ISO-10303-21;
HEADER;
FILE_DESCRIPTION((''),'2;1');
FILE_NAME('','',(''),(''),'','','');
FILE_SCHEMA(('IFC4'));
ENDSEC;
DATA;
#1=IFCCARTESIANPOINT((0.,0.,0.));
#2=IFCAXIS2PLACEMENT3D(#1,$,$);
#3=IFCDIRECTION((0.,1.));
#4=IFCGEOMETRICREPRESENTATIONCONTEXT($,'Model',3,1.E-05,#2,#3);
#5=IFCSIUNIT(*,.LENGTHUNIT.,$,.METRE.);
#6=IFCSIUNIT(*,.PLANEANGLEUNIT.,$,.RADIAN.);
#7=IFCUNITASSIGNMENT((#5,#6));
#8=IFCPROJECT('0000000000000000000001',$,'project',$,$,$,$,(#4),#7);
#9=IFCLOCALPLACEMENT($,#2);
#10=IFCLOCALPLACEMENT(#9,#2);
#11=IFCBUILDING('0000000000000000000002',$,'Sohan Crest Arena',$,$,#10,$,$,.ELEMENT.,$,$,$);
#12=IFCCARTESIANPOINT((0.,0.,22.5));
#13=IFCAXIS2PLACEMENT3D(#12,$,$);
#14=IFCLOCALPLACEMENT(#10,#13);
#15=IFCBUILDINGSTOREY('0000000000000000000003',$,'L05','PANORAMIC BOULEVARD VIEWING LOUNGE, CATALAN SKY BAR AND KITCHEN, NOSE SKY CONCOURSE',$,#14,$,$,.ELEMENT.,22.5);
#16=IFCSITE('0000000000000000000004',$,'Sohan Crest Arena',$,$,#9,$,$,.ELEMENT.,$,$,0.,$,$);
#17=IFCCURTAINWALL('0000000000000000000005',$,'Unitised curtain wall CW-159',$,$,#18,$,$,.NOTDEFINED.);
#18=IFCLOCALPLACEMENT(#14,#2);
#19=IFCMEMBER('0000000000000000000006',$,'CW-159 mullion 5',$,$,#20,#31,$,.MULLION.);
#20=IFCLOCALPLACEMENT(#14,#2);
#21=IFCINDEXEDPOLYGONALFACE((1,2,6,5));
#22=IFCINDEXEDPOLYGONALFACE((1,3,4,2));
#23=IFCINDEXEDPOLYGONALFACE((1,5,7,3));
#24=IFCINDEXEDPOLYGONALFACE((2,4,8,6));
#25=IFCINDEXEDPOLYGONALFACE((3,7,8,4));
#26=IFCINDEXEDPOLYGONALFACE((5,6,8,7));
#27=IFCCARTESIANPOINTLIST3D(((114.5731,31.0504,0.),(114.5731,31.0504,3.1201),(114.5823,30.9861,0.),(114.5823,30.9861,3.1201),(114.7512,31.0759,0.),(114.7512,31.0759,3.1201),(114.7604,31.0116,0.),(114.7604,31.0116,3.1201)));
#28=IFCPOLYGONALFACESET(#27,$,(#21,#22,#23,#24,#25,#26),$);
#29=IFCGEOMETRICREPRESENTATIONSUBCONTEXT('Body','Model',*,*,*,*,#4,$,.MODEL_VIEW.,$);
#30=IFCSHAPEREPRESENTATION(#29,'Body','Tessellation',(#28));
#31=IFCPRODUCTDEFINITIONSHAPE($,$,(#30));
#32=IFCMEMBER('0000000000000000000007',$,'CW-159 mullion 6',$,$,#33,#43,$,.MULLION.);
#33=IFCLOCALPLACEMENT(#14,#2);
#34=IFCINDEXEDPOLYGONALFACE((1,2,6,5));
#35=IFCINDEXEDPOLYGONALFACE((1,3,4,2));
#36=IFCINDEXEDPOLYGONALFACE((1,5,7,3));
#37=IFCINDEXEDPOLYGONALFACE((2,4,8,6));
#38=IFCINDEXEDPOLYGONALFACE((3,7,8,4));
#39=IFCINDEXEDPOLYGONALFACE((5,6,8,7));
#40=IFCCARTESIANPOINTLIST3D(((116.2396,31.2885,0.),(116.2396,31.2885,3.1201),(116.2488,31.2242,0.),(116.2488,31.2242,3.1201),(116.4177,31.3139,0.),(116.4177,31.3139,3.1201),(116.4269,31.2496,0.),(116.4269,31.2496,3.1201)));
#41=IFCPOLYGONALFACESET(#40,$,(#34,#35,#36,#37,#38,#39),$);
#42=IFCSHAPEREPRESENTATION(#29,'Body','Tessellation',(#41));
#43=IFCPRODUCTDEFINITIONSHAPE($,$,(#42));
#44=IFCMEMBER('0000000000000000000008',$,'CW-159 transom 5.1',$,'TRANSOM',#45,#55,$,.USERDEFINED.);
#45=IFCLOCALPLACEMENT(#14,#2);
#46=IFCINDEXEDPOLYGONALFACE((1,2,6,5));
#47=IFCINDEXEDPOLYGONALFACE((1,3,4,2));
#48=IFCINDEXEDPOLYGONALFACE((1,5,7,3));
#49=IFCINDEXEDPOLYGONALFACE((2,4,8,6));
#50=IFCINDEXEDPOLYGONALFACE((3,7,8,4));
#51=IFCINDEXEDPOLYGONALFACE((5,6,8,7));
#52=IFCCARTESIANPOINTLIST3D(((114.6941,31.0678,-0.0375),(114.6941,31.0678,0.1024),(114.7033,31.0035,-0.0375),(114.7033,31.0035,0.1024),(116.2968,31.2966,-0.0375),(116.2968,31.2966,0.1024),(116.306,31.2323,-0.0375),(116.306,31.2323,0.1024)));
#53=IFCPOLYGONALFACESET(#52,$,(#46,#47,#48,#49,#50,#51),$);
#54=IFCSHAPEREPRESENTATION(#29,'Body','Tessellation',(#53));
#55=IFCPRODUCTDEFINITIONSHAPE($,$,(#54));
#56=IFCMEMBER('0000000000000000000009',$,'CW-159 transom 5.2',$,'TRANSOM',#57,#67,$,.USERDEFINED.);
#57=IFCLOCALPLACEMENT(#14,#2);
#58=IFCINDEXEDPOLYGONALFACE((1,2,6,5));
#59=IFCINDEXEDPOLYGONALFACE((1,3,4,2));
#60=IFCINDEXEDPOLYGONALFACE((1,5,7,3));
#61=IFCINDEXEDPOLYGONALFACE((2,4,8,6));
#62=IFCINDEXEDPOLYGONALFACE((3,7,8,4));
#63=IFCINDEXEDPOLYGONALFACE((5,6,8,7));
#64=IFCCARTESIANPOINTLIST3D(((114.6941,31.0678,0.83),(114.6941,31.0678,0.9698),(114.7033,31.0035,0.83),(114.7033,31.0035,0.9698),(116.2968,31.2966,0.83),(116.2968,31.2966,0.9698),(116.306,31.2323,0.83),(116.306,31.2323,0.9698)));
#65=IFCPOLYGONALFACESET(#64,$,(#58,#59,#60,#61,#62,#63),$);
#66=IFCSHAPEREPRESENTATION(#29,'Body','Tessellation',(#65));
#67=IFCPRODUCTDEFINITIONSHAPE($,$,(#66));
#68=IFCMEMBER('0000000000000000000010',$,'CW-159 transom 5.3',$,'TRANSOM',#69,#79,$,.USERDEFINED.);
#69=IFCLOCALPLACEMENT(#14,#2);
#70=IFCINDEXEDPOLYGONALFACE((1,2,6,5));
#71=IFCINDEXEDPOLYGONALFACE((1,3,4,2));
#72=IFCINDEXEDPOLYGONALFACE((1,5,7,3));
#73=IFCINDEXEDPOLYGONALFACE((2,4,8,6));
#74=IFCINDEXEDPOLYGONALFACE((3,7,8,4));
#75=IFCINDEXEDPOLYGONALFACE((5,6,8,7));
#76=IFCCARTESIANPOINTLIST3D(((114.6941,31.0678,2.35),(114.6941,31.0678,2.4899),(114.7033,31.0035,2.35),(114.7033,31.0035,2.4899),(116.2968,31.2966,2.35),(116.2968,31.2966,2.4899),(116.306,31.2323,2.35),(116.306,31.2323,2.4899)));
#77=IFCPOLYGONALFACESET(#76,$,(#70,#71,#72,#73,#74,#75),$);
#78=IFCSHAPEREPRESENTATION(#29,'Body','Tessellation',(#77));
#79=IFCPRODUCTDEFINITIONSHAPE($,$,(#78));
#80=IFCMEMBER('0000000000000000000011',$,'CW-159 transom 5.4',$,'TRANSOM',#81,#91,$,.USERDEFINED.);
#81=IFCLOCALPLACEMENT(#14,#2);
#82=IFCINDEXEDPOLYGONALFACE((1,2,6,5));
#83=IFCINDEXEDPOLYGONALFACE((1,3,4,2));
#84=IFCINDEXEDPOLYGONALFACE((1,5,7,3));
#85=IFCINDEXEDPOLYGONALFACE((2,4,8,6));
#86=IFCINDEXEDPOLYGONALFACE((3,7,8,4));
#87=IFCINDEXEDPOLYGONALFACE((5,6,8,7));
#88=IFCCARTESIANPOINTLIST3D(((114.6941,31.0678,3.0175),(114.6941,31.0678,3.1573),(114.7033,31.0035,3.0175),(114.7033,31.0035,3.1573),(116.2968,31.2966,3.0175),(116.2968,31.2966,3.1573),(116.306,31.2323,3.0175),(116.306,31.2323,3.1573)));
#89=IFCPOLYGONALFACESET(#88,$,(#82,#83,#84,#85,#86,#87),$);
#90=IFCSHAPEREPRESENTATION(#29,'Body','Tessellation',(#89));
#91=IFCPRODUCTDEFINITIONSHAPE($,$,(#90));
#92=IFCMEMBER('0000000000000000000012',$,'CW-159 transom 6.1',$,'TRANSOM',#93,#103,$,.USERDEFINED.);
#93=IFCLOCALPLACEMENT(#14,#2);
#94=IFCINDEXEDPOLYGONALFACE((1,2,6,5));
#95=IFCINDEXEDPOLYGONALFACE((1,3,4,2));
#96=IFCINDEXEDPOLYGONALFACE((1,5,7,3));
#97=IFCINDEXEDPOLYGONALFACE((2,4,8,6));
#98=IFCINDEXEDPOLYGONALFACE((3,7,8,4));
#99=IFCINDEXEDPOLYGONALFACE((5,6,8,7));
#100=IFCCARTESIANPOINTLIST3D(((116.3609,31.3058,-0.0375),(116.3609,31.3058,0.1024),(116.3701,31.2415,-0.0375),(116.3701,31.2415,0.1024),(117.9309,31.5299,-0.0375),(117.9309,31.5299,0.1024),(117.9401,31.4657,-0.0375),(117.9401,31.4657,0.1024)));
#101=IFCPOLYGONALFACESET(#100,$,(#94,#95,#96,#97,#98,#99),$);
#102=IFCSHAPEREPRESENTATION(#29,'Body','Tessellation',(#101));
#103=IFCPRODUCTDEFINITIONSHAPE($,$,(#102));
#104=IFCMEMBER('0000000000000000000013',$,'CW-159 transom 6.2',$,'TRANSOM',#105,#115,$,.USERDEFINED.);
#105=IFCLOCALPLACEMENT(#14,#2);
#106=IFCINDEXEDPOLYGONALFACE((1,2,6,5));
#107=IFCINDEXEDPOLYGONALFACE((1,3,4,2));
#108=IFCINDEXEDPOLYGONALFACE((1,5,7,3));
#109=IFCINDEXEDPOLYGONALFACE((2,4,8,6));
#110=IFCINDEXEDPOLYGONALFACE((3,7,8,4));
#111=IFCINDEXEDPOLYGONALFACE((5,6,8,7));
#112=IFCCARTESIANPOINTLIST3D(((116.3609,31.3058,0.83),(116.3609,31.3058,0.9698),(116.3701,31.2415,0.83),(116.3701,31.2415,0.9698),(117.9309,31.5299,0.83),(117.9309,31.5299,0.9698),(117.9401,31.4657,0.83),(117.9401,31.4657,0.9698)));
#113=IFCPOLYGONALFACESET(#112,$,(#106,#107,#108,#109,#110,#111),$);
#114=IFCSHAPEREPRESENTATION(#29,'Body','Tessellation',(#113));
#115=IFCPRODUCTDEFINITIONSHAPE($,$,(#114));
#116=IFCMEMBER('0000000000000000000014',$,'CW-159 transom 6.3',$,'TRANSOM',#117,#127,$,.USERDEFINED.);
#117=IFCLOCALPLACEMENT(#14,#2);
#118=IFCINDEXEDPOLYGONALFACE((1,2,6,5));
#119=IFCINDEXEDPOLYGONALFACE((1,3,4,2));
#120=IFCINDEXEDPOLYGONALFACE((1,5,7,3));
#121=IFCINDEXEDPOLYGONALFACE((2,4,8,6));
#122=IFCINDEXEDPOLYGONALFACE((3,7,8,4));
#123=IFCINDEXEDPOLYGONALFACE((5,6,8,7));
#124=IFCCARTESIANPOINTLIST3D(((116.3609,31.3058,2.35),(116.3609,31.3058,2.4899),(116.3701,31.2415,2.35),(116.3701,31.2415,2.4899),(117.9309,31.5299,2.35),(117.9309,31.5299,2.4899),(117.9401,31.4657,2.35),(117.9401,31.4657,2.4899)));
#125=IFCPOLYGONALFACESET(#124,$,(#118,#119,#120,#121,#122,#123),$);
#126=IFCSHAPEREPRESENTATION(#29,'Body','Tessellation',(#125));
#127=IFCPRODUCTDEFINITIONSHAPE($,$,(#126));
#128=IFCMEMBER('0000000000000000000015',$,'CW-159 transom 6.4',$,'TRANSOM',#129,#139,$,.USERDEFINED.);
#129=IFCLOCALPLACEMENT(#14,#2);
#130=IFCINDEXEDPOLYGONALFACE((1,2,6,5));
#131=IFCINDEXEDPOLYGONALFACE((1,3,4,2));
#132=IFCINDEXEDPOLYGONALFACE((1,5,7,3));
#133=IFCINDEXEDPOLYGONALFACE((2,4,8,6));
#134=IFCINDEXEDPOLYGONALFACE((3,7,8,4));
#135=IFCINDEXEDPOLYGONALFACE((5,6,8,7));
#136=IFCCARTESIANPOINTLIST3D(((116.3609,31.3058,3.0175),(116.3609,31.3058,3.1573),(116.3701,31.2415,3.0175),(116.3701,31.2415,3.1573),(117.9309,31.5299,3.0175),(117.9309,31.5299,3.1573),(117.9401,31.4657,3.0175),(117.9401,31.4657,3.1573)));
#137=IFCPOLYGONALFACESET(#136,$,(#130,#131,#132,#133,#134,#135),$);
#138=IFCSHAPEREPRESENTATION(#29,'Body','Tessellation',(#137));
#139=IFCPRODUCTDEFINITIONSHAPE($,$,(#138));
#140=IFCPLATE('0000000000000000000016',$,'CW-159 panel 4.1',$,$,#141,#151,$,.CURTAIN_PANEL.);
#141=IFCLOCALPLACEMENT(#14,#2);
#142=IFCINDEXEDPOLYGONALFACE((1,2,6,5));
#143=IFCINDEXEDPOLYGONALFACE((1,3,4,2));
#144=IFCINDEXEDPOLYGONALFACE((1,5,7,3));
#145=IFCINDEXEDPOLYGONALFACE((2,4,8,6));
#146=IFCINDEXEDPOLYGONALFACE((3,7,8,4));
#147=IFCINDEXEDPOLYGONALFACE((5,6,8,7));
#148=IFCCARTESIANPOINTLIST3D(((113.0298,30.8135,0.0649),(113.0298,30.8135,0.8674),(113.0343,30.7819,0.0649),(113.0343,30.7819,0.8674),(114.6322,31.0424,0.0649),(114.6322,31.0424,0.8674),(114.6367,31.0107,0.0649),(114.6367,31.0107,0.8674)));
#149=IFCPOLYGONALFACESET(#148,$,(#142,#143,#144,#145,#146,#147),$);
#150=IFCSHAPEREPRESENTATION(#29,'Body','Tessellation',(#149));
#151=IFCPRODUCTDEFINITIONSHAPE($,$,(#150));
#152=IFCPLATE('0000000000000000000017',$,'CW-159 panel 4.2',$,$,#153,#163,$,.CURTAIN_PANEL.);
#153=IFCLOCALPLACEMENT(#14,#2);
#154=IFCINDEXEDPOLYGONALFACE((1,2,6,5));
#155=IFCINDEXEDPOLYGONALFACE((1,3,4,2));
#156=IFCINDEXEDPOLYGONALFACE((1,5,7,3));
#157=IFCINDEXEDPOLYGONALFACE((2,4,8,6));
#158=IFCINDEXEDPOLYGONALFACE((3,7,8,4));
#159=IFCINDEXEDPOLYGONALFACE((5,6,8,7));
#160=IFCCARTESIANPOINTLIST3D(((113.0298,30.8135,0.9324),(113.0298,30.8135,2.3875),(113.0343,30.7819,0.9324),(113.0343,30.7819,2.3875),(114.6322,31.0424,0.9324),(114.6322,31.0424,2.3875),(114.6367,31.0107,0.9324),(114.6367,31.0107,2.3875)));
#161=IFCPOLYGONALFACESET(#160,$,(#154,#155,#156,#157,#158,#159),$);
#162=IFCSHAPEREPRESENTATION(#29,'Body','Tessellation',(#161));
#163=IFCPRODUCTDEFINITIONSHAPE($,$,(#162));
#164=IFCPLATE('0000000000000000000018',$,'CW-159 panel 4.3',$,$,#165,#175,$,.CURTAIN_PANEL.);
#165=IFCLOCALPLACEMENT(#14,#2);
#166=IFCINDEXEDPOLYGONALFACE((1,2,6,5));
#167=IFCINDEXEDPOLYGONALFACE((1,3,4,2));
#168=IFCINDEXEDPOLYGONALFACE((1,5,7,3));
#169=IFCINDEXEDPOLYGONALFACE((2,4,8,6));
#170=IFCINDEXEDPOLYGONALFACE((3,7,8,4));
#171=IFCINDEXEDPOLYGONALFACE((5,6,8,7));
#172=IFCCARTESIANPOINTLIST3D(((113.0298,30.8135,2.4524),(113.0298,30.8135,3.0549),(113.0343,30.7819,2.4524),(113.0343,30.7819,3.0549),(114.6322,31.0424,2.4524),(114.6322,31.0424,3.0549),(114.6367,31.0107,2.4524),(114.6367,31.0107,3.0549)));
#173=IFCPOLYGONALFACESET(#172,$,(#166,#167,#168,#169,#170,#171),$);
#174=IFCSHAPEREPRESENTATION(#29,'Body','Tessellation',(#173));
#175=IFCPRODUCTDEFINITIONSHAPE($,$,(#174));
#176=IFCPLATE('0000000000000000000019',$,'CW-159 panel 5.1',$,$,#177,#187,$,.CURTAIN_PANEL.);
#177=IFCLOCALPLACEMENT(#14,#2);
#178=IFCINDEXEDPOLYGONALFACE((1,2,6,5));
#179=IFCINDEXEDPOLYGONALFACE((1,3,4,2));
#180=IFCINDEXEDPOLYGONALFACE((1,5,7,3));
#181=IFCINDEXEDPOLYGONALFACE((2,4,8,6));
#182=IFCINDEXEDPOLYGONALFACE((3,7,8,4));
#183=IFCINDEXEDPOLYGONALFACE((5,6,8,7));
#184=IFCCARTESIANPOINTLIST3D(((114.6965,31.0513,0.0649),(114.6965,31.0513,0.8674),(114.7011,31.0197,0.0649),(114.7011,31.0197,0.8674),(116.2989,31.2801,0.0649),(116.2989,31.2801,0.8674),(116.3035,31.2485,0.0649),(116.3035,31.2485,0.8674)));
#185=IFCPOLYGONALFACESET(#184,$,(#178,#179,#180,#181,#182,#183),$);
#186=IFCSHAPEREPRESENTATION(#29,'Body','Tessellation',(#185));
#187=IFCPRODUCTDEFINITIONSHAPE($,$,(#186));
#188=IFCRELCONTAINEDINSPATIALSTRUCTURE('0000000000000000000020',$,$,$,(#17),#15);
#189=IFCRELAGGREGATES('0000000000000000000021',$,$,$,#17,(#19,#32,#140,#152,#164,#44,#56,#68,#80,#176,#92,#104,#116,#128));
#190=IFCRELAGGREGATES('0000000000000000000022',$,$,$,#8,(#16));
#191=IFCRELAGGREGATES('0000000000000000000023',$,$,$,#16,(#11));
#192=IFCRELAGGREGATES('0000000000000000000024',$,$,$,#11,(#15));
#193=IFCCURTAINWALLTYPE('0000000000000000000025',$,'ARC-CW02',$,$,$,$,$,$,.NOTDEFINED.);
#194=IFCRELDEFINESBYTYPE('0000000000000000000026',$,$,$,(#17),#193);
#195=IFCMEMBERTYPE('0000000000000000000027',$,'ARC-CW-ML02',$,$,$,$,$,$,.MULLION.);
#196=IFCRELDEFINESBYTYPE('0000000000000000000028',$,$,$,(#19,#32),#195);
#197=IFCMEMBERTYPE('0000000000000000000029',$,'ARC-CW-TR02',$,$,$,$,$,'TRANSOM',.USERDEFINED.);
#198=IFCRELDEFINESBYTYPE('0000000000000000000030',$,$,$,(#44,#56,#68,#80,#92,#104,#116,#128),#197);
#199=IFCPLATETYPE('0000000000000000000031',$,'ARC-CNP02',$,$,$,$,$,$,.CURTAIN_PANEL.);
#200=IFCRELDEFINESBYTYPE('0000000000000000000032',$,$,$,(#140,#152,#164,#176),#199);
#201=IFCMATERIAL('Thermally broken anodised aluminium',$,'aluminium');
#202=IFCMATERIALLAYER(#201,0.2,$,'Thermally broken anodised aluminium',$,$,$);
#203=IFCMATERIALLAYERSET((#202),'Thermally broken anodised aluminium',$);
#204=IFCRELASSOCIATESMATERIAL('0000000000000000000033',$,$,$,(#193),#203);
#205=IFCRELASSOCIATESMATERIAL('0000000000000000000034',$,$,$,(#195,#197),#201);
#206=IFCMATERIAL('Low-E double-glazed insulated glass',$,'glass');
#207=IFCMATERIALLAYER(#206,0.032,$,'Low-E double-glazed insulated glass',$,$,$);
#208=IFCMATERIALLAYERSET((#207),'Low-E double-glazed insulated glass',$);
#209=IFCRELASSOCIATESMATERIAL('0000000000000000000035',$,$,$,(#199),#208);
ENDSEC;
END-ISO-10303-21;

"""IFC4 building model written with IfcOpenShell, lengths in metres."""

from ifc_helpers import new_model, si_unit, direction, frame, origin, origin_2d, place, context, subcontext, project, spatial, rectangle, extrude, material, layer, layer_set, material_profile, profile_set, type_object, element, aggregate, save


model = new_model("IFC4")

# Units and contexts
model_context = context("Model", 3, precision=1e-05, world=origin(), true_north=direction((0.0, 1.0)))
body_context = subcontext(model_context, "Body", "Model", "MODEL_VIEW")
ifc_project = project(units=[si_unit("LENGTHUNIT", "METRE"), si_unit("PLANEANGLEUNIT", "RADIAN")], contexts=[model_context])

# Site, building, storey
site_placement = place(None, origin())
site = spatial("IfcSite", under=ifc_project, at=site_placement, Name="Sohan Crest Arena", CompositionType="ELEMENT", RefElevation=0.0)
building_placement = place(site_placement, origin())
building = spatial("IfcBuilding", under=site, at=building_placement, Name="Sohan Crest Arena", CompositionType="ELEMENT")
storey_placement = place(building_placement, frame((0.0, 0.0, 22.5)))
storey = spatial("IfcBuildingStorey", under=building, at=storey_placement, Name="L05", Description="PANORAMIC BOULEVARD VIEWING LOUNGE, CATALAN SKY BAR AND KITCHEN, NOSE SKY CONCOURSE", CompositionType="ELEMENT", Elevation=22.5)

# Curtain wall, members, plates
ifc_material_1 = material(Name="Thermally broken anodised aluminium", Category="aluminium")
ifc_layer_1 = layer(ifc_material_1, 0.2, Name="Thermally broken anodised aluminium")
ifc_layer_set_1 = layer_set([ifc_layer_1], Name="Thermally broken anodised aluminium")
curtain_wall_type = type_object("IfcCurtainWallType", Name="ARC-CW02", PredefinedType="NOTDEFINED", material=ifc_layer_set_1)
curtain_wall_placement = place(storey_placement, origin())
curtain_wall = element("IfcCurtainWall", 1, at=curtain_wall_placement, inside=storey, type_object=curtain_wall_type, Name="Unitised curtain wall CW-159", PredefinedType="NOTDEFINED")
ifc_material_profile_1 = material_profile(ifc_material_1, rectangle(XDim=0.0649, YDim=0.1799, at=origin_2d()), Name="ALU-MULL 65x180")
ifc_profile_set_1 = profile_set([ifc_material_profile_1], Name="Thermally broken anodised aluminium")
member_type_1 = type_object("IfcMemberType", Name="ARC-CW-ML02", PredefinedType="MULLION", material=ifc_profile_set_1)
member_1_placement = place(storey_placement, frame((114.6667, 31.031, 0.0), z_axis=(0.0, 0.0, 1.0), x_axis=(-0.141366, 0.989957, 0.0)))
member_1 = element("IfcMember", 2, at=member_1_placement, type_object=member_type_1, Name="CW-159 mullion 5", PredefinedType="MULLION", context=body_context, shape_type="SweptSolid", body=[
    extrude(rectangle(XDim=0.0649, YDim=0.1799, at=origin_2d()), origin(), (0.0, 0.0, 1.0), 3.1201),
])
member_2_placement = place(storey_placement, frame((116.3333, 31.269, 0.0), z_axis=(0.0, 0.0, 1.0), x_axis=(-0.141366, 0.989957, 0.0)))
member_2 = element("IfcMember", 3, at=member_2_placement, type_object=member_type_1, Name="CW-159 mullion 6", PredefinedType="MULLION", context=body_context, shape_type="SweptSolid", body=[
    extrude(rectangle(XDim=0.0649, YDim=0.1799, at=origin_2d()), origin(), (0.0, 0.0, 1.0), 3.1201),
])
ifc_material_profile_2 = material_profile(ifc_material_1, rectangle(XDim=0.0649, YDim=0.1399, at=origin_2d()), Name="ALU-TRAN 65x140")
ifc_profile_set_2 = profile_set([ifc_material_profile_2], Name="Thermally broken anodised aluminium")
member_type_2 = type_object("IfcMemberType", Name="ARC-CW-TR02", ElementType="TRANSOM", PredefinedType="USERDEFINED", material=ifc_profile_set_2)
member_3_placement = place(storey_placement, frame((114.6987, 31.0356, 0.0325), z_axis=(0.989965, 0.141316, 0.0), x_axis=(-0.141316, 0.989965, 0.0)))
member_3 = element("IfcMember", 4, at=member_3_placement, type_object=member_type_2, Name="CW-159 transom 5.1", ObjectType="TRANSOM", PredefinedType="USERDEFINED", context=body_context, shape_type="SweptSolid", body=[
    extrude(rectangle(XDim=0.0649, YDim=0.1399, at=origin_2d()), origin(), (0.0, 0.0, 1.0), 1.6189),
])
member_4_placement = place(storey_placement, frame((114.6987, 31.0356, 0.8999), z_axis=(0.989965, 0.141316, 0.0), x_axis=(-0.141316, 0.989965, 0.0)))
member_4 = element("IfcMember", 5, at=member_4_placement, type_object=member_type_2, Name="CW-159 transom 5.2", ObjectType="TRANSOM", PredefinedType="USERDEFINED", context=body_context, shape_type="SweptSolid", body=[
    extrude(rectangle(XDim=0.0649, YDim=0.1399, at=origin_2d()), origin(), (0.0, 0.0, 1.0), 1.6189),
])
member_5_placement = place(storey_placement, frame((114.6987, 31.0356, 2.4199), z_axis=(0.989965, 0.141316, 0.0), x_axis=(-0.141316, 0.989965, 0.0)))
member_5 = element("IfcMember", 6, at=member_5_placement, type_object=member_type_2, Name="CW-159 transom 5.3", ObjectType="TRANSOM", PredefinedType="USERDEFINED", context=body_context, shape_type="SweptSolid", body=[
    extrude(rectangle(XDim=0.0649, YDim=0.1399, at=origin_2d()), origin(), (0.0, 0.0, 1.0), 1.6189),
])
member_6_placement = place(storey_placement, frame((114.6987, 31.0356, 3.0874), z_axis=(0.989965, 0.141316, 0.0), x_axis=(-0.141316, 0.989965, 0.0)))
member_6 = element("IfcMember", 7, at=member_6_placement, type_object=member_type_2, Name="CW-159 transom 5.4", ObjectType="TRANSOM", PredefinedType="USERDEFINED", context=body_context, shape_type="SweptSolid", body=[
    extrude(rectangle(XDim=0.0649, YDim=0.1399, at=origin_2d()), origin(), (0.0, 0.0, 1.0), 1.6189),
])
member_7_placement = place(storey_placement, frame((116.3655, 31.2737, 0.0325), z_axis=(0.989965, 0.141314, 0.0), x_axis=(-0.141314, 0.989965, 0.0)))
member_7 = element("IfcMember", 8, at=member_7_placement, type_object=member_type_2, Name="CW-159 transom 6.1", ObjectType="TRANSOM", PredefinedType="USERDEFINED", context=body_context, shape_type="SweptSolid", body=[
    extrude(rectangle(XDim=0.0649, YDim=0.1399, at=origin_2d()), origin(), (0.0, 0.0, 1.0), 1.5859),
])
member_8_placement = place(storey_placement, frame((116.3655, 31.2737, 0.8999), z_axis=(0.989965, 0.141314, 0.0), x_axis=(-0.141314, 0.989965, 0.0)))
member_8 = element("IfcMember", 9, at=member_8_placement, type_object=member_type_2, Name="CW-159 transom 6.2", ObjectType="TRANSOM", PredefinedType="USERDEFINED", context=body_context, shape_type="SweptSolid", body=[
    extrude(rectangle(XDim=0.0649, YDim=0.1399, at=origin_2d()), origin(), (0.0, 0.0, 1.0), 1.5859),
])
member_9_placement = place(storey_placement, frame((116.3655, 31.2737, 2.4199), z_axis=(0.989965, 0.141314, 0.0), x_axis=(-0.141314, 0.989965, 0.0)))
member_9 = element("IfcMember", 10, at=member_9_placement, type_object=member_type_2, Name="CW-159 transom 6.3", ObjectType="TRANSOM", PredefinedType="USERDEFINED", context=body_context, shape_type="SweptSolid", body=[
    extrude(rectangle(XDim=0.0649, YDim=0.1399, at=origin_2d()), origin(), (0.0, 0.0, 1.0), 1.5859),
])
member_10_placement = place(storey_placement, frame((116.3655, 31.2737, 3.0874), z_axis=(0.989965, 0.141314, 0.0), x_axis=(-0.141314, 0.989965, 0.0)))
member_10 = element("IfcMember", 11, at=member_10_placement, type_object=member_type_2, Name="CW-159 transom 6.4", ObjectType="TRANSOM", PredefinedType="USERDEFINED", context=body_context, shape_type="SweptSolid", body=[
    extrude(rectangle(XDim=0.0649, YDim=0.1399, at=origin_2d()), origin(), (0.0, 0.0, 1.0), 1.5859),
])
ifc_material_2 = material(Name="Low-E double-glazed insulated glass", Category="glass")
ifc_layer_2 = layer(ifc_material_2, 0.032, Name="Low-E double-glazed insulated glass")
ifc_layer_set_2 = layer_set([ifc_layer_2], Name="Low-E double-glazed insulated glass")
plate_type = type_object("IfcPlateType", Name="ARC-CNP02", PredefinedType="CURTAIN_PANEL", material=ifc_layer_set_2)
plate_1_placement = place(storey_placement, frame((113.8333, 30.9121, 0.0649), z_axis=(0.0, 0.0, 1.0), x_axis=(0.989957, 0.141366, 0.0)))
plate_1 = element("IfcPlate", 12, at=plate_1_placement, type_object=plate_type, Name="CW-159 panel 4.1", PredefinedType="CURTAIN_PANEL", context=body_context, shape_type="SweptSolid", body=[
    extrude(rectangle(XDim=1.6187, YDim=0.032, at=origin_2d()), origin(), (0.0, 0.0, 1.0), 0.8025),
])
plate_2_placement = place(storey_placement, frame((113.8333, 30.9121, 0.9324), z_axis=(0.0, 0.0, 1.0), x_axis=(0.989957, 0.141366, 0.0)))
plate_2 = element("IfcPlate", 13, at=plate_2_placement, type_object=plate_type, Name="CW-159 panel 4.2", PredefinedType="CURTAIN_PANEL", context=body_context, shape_type="SweptSolid", body=[
    extrude(rectangle(XDim=1.6187, YDim=0.032, at=origin_2d()), origin(), (0.0, 0.0, 1.0), 1.4551),
])
plate_3_placement = place(storey_placement, frame((113.8333, 30.9121, 2.4524), z_axis=(0.0, 0.0, 1.0), x_axis=(0.989957, 0.141366, 0.0)))
plate_3 = element("IfcPlate", 14, at=plate_3_placement, type_object=plate_type, Name="CW-159 panel 4.3", PredefinedType="CURTAIN_PANEL", context=body_context, shape_type="SweptSolid", body=[
    extrude(rectangle(XDim=1.6187, YDim=0.032, at=origin_2d()), origin(), (0.0, 0.0, 1.0), 0.6025),
])
plate_4_placement = place(storey_placement, frame((115.5, 31.1499, 0.0649), z_axis=(0.0, 0.0, 1.0), x_axis=(0.989957, 0.141366, 0.0)))
plate_4 = element("IfcPlate", 15, at=plate_4_placement, type_object=plate_type, Name="CW-159 panel 5.1", PredefinedType="CURTAIN_PANEL", context=body_context, shape_type="SweptSolid", body=[
    extrude(rectangle(XDim=1.6187, YDim=0.032, at=origin_2d()), origin(), (0.0, 0.0, 1.0), 0.8025),
])
aggregate(curtain_wall, [member_1, member_2, plate_1, plate_2, plate_3, member_3, member_4, member_5, member_6, plate_4, member_7, member_8, member_9, member_10])

save(model, "model.ifc")
